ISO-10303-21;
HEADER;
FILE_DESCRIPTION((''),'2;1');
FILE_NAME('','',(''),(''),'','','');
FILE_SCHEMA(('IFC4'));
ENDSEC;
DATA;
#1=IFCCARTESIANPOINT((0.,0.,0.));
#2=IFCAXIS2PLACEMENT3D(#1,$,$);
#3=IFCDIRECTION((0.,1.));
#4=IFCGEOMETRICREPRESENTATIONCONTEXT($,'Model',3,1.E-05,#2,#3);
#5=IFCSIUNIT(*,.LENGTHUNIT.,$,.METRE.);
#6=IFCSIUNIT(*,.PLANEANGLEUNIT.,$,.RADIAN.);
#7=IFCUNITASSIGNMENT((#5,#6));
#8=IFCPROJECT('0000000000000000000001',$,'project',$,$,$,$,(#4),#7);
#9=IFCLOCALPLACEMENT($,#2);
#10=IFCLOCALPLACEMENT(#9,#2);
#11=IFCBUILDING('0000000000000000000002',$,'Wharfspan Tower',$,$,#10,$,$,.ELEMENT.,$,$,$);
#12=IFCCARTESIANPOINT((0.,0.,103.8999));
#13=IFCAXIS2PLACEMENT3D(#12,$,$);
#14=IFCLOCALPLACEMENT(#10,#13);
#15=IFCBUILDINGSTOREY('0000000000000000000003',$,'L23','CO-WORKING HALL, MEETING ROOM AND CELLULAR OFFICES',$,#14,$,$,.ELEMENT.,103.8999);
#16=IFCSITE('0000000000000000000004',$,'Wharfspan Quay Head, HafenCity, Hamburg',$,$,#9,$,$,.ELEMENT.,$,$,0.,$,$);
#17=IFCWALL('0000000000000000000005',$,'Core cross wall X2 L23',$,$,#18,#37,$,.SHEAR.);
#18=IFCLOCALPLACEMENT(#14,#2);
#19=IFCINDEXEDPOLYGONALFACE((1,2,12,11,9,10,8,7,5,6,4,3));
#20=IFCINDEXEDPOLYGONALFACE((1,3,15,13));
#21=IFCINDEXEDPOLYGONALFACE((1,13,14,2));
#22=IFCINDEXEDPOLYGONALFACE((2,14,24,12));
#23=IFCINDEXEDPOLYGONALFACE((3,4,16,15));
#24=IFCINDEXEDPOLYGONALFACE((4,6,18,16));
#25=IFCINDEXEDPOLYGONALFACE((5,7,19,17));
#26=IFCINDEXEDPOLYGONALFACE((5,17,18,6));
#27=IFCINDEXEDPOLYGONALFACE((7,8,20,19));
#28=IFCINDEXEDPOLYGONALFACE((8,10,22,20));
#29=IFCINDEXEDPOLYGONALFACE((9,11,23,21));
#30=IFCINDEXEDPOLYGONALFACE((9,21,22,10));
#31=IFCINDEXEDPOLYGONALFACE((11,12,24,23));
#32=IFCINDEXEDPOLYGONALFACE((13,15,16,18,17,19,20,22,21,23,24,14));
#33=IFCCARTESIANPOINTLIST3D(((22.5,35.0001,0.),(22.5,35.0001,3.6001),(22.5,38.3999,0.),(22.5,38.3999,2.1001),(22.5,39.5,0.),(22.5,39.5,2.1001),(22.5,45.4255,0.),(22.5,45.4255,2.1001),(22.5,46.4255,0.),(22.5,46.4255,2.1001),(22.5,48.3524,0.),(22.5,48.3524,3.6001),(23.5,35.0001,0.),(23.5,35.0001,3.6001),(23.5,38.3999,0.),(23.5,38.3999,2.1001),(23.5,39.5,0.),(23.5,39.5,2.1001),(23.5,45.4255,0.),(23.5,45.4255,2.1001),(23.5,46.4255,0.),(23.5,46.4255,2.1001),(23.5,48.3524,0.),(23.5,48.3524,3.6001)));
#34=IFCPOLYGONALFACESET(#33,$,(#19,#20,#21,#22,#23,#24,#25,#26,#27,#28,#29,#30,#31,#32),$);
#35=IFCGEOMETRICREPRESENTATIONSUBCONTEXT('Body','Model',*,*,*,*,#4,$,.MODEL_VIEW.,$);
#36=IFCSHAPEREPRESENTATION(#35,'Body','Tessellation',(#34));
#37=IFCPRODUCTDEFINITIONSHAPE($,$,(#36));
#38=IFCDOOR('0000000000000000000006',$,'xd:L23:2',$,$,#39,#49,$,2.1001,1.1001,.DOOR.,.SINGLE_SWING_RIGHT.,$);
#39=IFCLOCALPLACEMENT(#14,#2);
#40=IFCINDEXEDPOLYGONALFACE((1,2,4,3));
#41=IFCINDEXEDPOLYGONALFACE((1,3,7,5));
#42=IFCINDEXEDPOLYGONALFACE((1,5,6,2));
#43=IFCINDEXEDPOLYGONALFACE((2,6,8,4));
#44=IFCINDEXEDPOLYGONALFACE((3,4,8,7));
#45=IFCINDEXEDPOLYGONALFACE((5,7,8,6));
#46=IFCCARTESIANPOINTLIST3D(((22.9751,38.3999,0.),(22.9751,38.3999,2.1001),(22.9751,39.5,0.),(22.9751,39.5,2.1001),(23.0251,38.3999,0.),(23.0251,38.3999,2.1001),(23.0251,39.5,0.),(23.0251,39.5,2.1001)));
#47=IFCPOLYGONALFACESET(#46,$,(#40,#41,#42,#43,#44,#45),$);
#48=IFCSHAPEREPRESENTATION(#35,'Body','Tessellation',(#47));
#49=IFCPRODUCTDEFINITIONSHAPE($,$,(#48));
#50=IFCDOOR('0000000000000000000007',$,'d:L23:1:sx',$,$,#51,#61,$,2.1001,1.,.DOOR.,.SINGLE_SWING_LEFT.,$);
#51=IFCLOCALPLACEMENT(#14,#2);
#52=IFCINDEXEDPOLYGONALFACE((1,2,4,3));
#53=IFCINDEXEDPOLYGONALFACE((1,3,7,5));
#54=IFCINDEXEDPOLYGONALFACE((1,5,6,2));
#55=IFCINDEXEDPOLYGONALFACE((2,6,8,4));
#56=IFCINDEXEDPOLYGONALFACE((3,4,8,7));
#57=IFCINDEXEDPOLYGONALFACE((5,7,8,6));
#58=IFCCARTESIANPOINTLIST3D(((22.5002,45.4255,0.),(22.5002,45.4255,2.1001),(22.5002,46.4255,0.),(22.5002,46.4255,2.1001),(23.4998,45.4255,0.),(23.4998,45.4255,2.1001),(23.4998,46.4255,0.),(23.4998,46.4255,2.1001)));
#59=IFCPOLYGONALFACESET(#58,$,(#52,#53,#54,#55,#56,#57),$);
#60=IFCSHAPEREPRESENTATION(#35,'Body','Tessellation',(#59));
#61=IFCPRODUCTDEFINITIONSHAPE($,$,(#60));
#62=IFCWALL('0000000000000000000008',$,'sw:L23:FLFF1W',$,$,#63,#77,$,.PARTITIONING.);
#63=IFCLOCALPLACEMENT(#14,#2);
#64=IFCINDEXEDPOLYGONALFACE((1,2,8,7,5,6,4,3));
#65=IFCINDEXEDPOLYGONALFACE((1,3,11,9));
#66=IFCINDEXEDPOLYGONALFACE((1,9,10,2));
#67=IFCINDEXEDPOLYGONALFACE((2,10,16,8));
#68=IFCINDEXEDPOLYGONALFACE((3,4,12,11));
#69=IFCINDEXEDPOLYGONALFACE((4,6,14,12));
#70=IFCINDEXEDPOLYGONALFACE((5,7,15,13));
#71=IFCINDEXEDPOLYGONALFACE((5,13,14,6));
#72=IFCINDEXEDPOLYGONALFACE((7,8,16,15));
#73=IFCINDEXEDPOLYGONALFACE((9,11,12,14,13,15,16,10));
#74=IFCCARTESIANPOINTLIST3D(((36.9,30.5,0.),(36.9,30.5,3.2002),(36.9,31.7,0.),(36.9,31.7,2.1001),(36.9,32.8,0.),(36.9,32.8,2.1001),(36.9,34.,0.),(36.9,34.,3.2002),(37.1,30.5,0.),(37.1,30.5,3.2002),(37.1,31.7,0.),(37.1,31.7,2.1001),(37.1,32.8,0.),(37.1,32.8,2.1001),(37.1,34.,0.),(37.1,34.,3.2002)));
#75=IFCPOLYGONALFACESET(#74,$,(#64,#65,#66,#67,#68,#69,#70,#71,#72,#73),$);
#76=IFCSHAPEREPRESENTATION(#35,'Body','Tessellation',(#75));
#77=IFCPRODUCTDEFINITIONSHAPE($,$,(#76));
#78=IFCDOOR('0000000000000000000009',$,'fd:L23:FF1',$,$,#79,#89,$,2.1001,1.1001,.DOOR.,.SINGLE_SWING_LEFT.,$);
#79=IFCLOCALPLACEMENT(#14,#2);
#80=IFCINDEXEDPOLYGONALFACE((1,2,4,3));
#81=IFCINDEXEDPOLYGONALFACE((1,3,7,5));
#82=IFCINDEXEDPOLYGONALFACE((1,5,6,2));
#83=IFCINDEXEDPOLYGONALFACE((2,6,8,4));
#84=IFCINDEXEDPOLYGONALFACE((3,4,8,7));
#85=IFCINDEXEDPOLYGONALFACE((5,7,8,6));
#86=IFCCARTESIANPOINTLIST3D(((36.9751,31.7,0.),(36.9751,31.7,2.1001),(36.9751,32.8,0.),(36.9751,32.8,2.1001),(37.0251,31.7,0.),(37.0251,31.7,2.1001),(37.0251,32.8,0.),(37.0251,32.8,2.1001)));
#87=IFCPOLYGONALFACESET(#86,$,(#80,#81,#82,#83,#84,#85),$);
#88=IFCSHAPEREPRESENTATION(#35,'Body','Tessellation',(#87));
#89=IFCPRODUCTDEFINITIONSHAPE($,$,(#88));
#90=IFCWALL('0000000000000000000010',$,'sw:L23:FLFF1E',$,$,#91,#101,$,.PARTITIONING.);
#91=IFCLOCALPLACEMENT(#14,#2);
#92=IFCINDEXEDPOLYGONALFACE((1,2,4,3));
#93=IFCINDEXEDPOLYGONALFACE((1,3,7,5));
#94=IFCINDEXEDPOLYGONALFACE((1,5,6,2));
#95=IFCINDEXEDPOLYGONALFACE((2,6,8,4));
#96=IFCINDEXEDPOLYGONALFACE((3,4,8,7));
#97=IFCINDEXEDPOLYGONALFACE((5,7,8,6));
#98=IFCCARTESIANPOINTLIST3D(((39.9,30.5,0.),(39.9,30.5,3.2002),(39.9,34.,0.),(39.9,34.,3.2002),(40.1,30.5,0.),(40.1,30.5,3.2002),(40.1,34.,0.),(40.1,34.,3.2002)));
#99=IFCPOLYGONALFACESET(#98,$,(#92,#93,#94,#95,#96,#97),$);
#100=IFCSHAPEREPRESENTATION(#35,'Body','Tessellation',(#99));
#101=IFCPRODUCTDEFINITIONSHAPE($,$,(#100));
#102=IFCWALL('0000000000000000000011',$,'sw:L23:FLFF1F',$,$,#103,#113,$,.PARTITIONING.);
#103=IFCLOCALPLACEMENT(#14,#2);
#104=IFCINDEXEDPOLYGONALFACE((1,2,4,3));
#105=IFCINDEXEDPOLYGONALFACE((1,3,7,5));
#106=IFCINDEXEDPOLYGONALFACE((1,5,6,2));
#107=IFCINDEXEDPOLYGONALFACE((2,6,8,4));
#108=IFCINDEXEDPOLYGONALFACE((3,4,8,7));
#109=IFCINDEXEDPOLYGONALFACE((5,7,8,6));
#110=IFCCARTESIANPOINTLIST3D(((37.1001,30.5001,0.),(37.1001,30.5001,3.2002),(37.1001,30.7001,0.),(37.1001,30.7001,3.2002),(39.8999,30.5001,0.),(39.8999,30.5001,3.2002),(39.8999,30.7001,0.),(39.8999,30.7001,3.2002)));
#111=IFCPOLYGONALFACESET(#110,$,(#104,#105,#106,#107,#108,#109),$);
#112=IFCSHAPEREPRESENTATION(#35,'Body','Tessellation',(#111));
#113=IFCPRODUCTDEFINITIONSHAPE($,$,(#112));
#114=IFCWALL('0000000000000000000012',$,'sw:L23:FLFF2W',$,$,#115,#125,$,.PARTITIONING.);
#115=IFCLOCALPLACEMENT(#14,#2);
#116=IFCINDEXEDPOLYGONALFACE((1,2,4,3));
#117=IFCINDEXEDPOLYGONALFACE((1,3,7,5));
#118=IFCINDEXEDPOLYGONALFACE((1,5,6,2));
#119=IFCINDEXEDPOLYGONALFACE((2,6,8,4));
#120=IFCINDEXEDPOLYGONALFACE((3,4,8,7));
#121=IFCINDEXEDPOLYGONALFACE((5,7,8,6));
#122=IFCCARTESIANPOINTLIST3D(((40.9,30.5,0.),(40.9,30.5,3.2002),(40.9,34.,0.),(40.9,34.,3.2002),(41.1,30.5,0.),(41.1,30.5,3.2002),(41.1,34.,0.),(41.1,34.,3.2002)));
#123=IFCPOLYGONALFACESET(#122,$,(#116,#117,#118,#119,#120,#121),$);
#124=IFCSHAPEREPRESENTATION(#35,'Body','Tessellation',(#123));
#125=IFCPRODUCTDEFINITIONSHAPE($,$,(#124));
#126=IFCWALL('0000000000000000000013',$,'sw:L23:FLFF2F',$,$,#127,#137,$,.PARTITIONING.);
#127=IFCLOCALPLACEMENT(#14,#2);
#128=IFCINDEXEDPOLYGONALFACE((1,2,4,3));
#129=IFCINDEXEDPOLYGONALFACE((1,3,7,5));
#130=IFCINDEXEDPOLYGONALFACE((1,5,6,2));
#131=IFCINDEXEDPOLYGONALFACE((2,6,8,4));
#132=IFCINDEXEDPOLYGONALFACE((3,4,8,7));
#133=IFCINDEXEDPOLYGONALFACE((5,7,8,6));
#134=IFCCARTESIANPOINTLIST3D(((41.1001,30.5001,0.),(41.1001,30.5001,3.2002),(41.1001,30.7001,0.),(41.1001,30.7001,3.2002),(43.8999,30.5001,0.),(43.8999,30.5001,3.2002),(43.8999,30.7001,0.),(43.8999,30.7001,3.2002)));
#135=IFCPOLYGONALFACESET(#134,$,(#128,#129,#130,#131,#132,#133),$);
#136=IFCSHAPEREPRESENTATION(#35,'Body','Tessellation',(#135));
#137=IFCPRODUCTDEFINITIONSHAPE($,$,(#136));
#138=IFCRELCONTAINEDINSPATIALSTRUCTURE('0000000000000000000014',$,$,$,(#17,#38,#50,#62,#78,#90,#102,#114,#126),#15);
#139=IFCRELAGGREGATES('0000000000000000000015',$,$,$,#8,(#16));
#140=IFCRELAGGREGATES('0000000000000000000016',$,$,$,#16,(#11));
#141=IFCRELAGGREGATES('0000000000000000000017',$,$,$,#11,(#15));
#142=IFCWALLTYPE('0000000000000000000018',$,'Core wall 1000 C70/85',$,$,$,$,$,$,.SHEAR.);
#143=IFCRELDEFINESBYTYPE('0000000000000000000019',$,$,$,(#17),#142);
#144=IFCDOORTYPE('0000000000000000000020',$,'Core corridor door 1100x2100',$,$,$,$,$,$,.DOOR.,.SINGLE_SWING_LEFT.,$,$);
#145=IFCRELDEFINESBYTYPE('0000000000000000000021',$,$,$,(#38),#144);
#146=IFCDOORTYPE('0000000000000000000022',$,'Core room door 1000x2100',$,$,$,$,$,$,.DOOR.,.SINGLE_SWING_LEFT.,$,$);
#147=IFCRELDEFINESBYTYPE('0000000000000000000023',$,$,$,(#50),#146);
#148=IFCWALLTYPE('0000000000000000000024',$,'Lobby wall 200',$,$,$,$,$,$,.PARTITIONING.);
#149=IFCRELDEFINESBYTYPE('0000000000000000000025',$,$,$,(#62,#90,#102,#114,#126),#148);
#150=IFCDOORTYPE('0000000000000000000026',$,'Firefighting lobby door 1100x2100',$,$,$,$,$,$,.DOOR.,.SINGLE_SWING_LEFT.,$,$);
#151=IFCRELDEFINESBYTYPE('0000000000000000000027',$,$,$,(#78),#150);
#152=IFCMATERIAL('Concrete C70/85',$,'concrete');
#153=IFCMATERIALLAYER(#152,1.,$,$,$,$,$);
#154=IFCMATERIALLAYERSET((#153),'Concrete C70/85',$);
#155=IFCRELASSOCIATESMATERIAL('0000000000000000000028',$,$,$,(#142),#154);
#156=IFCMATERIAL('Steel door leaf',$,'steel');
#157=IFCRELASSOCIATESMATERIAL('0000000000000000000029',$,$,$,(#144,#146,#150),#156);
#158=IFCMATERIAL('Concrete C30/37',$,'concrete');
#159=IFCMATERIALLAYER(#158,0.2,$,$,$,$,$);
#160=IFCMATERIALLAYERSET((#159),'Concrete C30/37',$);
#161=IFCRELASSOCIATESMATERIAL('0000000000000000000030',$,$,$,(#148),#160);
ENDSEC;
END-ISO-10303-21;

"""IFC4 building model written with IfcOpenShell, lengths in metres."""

from ifc_helpers import new_model, si_unit, direction, frame, frame_2d, origin, place, context, subcontext, project, spatial, rectangle, extrude, material, layer, layer_set, type_object, element, fill, save


model = new_model("IFC4")

# Units and contexts
model_context = context("Model", 3, precision=1e-05, world=origin(), true_north=direction((0.0, 1.0)))
body_context = subcontext(model_context, "Body", "Model", "MODEL_VIEW")
ifc_project = project(units=[si_unit("LENGTHUNIT", "METRE"), si_unit("PLANEANGLEUNIT", "RADIAN")], contexts=[model_context])

# Site, building, storey
site_placement = place(None, origin())
site = spatial("IfcSite", under=ifc_project, at=site_placement, Name="Wharfspan Quay Head, HafenCity, Hamburg", CompositionType="ELEMENT", RefElevation=0.0)
building_placement = place(site_placement, origin())
building = spatial("IfcBuilding", under=site, at=building_placement, Name="Wharfspan Tower", CompositionType="ELEMENT")
storey_placement = place(building_placement, frame((0.0, 0.0, 103.8999)))
storey = spatial("IfcBuildingStorey", under=building, at=storey_placement, Name="L23", Description="CO-WORKING HALL, MEETING ROOM AND CELLULAR OFFICES", CompositionType="ELEMENT", Elevation=103.8999)

# Wall, openings, doors
ifc_material_1 = material(Name="Concrete C70/85", Category="concrete")
ifc_layer_1 = layer(ifc_material_1, 1.0)
ifc_layer_set_1 = layer_set([ifc_layer_1], Name="Concrete C70/85")
wall_type_1 = type_object("IfcWallType", Name="Core wall 1000 C70/85", PredefinedType="SHEAR", material=ifc_layer_set_1)
wall_1_placement = place(storey_placement, frame((23.0, 35.0, 0.0), z_axis=(0.0, 0.0, 1.0), x_axis=(0.0, 1.0, 0.0)))
wall_1 = element("IfcWall", 1, at=wall_1_placement, inside=storey, type_object=wall_type_1, Name="Core cross wall X2 L23", PredefinedType="SHEAR", context=body_context, shape_type="SweptSolid", body=[
    extrude(rectangle(XDim=13.3523, YDim=1.0, at=frame_2d((6.6763, 0.0))), origin(), (0.0, 0.0, 1.0), 3.6001),
])
opening_1_placement = place(wall_1_placement, frame((10.4255, 0.0, 0.0)))
opening_1 = element("IfcOpeningElement", 2, at=opening_1_placement, cuts=wall_1, PredefinedType="OPENING", context=body_context, shape_type="SweptSolid", body=[
    extrude(rectangle(XDim=1.0, YDim=2.1001, at=frame_2d((0.5, 1.05))), frame((0.0, 0.51, 0.0), z_axis=(0.0, -1.0, 0.0), x_axis=(1.0, 0.0, 0.0)), (0.0, 0.0, 1.0), 1.02),
])
opening_2_placement = place(wall_1_placement, frame((3.3999, 0.0, 0.0)))
opening_2 = element("IfcOpeningElement", 3, at=opening_2_placement, cuts=wall_1, PredefinedType="OPENING", context=body_context, shape_type="SweptSolid", body=[
    extrude(rectangle(XDim=1.1001, YDim=2.1001, at=frame_2d((0.55, 1.05))), frame((0.0, 0.51, 0.0), z_axis=(0.0, -1.0, 0.0), x_axis=(1.0, 0.0, 0.0)), (0.0, 0.0, 1.0), 1.02),
])
ifc_material_2 = material(Name="Steel door leaf", Category="steel")
door_type_1 = type_object("IfcDoorType", Name="Core corridor door 1100x2100", OperationType="SINGLE_SWING_LEFT", PredefinedType="DOOR", material=ifc_material_2)
door_1_placement = place(opening_2_placement, origin())
door_1 = element("IfcDoor", 4, at=door_1_placement, inside=storey, type_object=door_type_1, Name="xd:L23:2", OperationType="SINGLE_SWING_RIGHT", OverallHeight=2.1001, OverallWidth=1.1001, PredefinedType="DOOR", context=body_context, shape_type="SweptSolid", body=[
    extrude(rectangle(XDim=1.1001, YDim=2.1001, at=frame_2d((0.55, 1.05))), frame((0.0, 0.0249, 0.0), z_axis=(0.0, -1.0, 0.0), x_axis=(1.0, 0.0, 0.0)), (0.0, 0.0, 1.0), 0.05),
])
fill(opening_2, door_1)
door_type_2 = type_object("IfcDoorType", Name="Core room door 1000x2100", OperationType="SINGLE_SWING_LEFT", PredefinedType="DOOR", material=ifc_material_2)
door_2_placement = place(opening_1_placement, origin())
door_2 = element("IfcDoor", 5, at=door_2_placement, inside=storey, type_object=door_type_2, Name="d:L23:1:sx", OperationType="SINGLE_SWING_LEFT", OverallHeight=2.1001, OverallWidth=1.0, PredefinedType="DOOR", context=body_context, shape_type="SweptSolid", body=[
    extrude(rectangle(XDim=1.0, YDim=2.1001, at=frame_2d((0.5, 1.05))), frame((0.0, 0.4998, 0.0), z_axis=(0.0, -1.0, 0.0), x_axis=(1.0, 0.0, 0.0)), (0.0, 0.0, 1.0), 0.9995),
])
fill(opening_1, door_2)

# Wall, opening, door
ifc_material_3 = material(Name="Concrete C30/37", Category="concrete")
ifc_layer_2 = layer(ifc_material_3, 0.2)
ifc_layer_set_2 = layer_set([ifc_layer_2], Name="Concrete C30/37")
wall_type_2 = type_object("IfcWallType", Name="Lobby wall 200", PredefinedType="PARTITIONING", material=ifc_layer_set_2)
wall_2_placement = place(storey_placement, frame((37.0, 30.5, 0.0), z_axis=(0.0, 0.0, 1.0), x_axis=(0.0, 1.0, 0.0)))
wall_2 = element("IfcWall", 6, at=wall_2_placement, inside=storey, type_object=wall_type_2, Name="sw:L23:FLFF1W", PredefinedType="PARTITIONING", context=body_context, shape_type="SweptSolid", body=[
    extrude(rectangle(XDim=3.5, YDim=0.2, at=frame_2d((1.75, 0.0))), origin(), (0.0, 0.0, 1.0), 3.2002),
])
opening_3_placement = place(wall_2_placement, frame((1.2, 0.0, 0.0)))
opening_3 = element("IfcOpeningElement", 7, at=opening_3_placement, cuts=wall_2, PredefinedType="OPENING", context=body_context, shape_type="SweptSolid", body=[
    extrude(rectangle(XDim=1.1001, YDim=2.1001, at=frame_2d((0.55, 1.05))), frame((0.0, 0.1099, 0.0), z_axis=(0.0, -1.0, 0.0), x_axis=(1.0, 0.0, 0.0)), (0.0, 0.0, 1.0), 0.22),
])
door_type_3 = type_object("IfcDoorType", Name="Firefighting lobby door 1100x2100", OperationType="SINGLE_SWING_LEFT", PredefinedType="DOOR", material=ifc_material_2)
door_3_placement = place(opening_3_placement, origin())
door_3 = element("IfcDoor", 8, at=door_3_placement, inside=storey, type_object=door_type_3, Name="fd:L23:FF1", OperationType="SINGLE_SWING_LEFT", OverallHeight=2.1001, OverallWidth=1.1001, PredefinedType="DOOR", context=body_context, shape_type="SweptSolid", body=[
    extrude(rectangle(XDim=1.1001, YDim=2.1001, at=frame_2d((0.55, 1.05))), frame((0.0, 0.0249, 0.0), z_axis=(0.0, -1.0, 0.0), x_axis=(1.0, 0.0, 0.0)), (0.0, 0.0, 1.0), 0.05),
])
fill(opening_3, door_3)

# Walls
wall_3_placement = place(storey_placement, frame((40.0, 30.5, 0.0), z_axis=(0.0, 0.0, 1.0), x_axis=(0.0, 1.0, 0.0)))
element("IfcWall", 9, at=wall_3_placement, inside=storey, type_object=wall_type_2, Name="sw:L23:FLFF1E", PredefinedType="PARTITIONING", context=body_context, shape_type="SweptSolid", body=[
    extrude(rectangle(XDim=3.5, YDim=0.2, at=frame_2d((1.75, 0.0))), origin(), (0.0, 0.0, 1.0), 3.2002),
])
wall_4_placement = place(storey_placement, frame((37.1001, 30.6001, 0.0), z_axis=(0.0, 0.0, 1.0), x_axis=(1.0, 0.0, 0.0)))
element("IfcWall", 10, at=wall_4_placement, inside=storey, type_object=wall_type_2, Name="sw:L23:FLFF1F", PredefinedType="PARTITIONING", context=body_context, shape_type="SweptSolid", body=[
    extrude(rectangle(XDim=2.7998, YDim=0.2, at=frame_2d((1.3999, 0.0))), origin(), (0.0, 0.0, 1.0), 3.2002),
])
wall_5_placement = place(storey_placement, frame((41.0, 30.5, 0.0), z_axis=(0.0, 0.0, 1.0), x_axis=(0.0, 1.0, 0.0)))
element("IfcWall", 11, at=wall_5_placement, inside=storey, type_object=wall_type_2, Name="sw:L23:FLFF2W", PredefinedType="PARTITIONING", context=body_context, shape_type="SweptSolid", body=[
    extrude(rectangle(XDim=3.5, YDim=0.2, at=frame_2d((1.75, 0.0))), origin(), (0.0, 0.0, 1.0), 3.2002),
])
wall_6_placement = place(storey_placement, frame((41.1001, 30.6001, 0.0), z_axis=(0.0, 0.0, 1.0), x_axis=(1.0, 0.0, 0.0)))
element("IfcWall", 12, at=wall_6_placement, inside=storey, type_object=wall_type_2, Name="sw:L23:FLFF2F", PredefinedType="PARTITIONING", context=body_context, shape_type="SweptSolid", body=[
    extrude(rectangle(XDim=2.7998, YDim=0.2, at=frame_2d((1.3999, 0.0))), origin(), (0.0, 0.0, 1.0), 3.2002),
])

save(model, "model.ifc")
